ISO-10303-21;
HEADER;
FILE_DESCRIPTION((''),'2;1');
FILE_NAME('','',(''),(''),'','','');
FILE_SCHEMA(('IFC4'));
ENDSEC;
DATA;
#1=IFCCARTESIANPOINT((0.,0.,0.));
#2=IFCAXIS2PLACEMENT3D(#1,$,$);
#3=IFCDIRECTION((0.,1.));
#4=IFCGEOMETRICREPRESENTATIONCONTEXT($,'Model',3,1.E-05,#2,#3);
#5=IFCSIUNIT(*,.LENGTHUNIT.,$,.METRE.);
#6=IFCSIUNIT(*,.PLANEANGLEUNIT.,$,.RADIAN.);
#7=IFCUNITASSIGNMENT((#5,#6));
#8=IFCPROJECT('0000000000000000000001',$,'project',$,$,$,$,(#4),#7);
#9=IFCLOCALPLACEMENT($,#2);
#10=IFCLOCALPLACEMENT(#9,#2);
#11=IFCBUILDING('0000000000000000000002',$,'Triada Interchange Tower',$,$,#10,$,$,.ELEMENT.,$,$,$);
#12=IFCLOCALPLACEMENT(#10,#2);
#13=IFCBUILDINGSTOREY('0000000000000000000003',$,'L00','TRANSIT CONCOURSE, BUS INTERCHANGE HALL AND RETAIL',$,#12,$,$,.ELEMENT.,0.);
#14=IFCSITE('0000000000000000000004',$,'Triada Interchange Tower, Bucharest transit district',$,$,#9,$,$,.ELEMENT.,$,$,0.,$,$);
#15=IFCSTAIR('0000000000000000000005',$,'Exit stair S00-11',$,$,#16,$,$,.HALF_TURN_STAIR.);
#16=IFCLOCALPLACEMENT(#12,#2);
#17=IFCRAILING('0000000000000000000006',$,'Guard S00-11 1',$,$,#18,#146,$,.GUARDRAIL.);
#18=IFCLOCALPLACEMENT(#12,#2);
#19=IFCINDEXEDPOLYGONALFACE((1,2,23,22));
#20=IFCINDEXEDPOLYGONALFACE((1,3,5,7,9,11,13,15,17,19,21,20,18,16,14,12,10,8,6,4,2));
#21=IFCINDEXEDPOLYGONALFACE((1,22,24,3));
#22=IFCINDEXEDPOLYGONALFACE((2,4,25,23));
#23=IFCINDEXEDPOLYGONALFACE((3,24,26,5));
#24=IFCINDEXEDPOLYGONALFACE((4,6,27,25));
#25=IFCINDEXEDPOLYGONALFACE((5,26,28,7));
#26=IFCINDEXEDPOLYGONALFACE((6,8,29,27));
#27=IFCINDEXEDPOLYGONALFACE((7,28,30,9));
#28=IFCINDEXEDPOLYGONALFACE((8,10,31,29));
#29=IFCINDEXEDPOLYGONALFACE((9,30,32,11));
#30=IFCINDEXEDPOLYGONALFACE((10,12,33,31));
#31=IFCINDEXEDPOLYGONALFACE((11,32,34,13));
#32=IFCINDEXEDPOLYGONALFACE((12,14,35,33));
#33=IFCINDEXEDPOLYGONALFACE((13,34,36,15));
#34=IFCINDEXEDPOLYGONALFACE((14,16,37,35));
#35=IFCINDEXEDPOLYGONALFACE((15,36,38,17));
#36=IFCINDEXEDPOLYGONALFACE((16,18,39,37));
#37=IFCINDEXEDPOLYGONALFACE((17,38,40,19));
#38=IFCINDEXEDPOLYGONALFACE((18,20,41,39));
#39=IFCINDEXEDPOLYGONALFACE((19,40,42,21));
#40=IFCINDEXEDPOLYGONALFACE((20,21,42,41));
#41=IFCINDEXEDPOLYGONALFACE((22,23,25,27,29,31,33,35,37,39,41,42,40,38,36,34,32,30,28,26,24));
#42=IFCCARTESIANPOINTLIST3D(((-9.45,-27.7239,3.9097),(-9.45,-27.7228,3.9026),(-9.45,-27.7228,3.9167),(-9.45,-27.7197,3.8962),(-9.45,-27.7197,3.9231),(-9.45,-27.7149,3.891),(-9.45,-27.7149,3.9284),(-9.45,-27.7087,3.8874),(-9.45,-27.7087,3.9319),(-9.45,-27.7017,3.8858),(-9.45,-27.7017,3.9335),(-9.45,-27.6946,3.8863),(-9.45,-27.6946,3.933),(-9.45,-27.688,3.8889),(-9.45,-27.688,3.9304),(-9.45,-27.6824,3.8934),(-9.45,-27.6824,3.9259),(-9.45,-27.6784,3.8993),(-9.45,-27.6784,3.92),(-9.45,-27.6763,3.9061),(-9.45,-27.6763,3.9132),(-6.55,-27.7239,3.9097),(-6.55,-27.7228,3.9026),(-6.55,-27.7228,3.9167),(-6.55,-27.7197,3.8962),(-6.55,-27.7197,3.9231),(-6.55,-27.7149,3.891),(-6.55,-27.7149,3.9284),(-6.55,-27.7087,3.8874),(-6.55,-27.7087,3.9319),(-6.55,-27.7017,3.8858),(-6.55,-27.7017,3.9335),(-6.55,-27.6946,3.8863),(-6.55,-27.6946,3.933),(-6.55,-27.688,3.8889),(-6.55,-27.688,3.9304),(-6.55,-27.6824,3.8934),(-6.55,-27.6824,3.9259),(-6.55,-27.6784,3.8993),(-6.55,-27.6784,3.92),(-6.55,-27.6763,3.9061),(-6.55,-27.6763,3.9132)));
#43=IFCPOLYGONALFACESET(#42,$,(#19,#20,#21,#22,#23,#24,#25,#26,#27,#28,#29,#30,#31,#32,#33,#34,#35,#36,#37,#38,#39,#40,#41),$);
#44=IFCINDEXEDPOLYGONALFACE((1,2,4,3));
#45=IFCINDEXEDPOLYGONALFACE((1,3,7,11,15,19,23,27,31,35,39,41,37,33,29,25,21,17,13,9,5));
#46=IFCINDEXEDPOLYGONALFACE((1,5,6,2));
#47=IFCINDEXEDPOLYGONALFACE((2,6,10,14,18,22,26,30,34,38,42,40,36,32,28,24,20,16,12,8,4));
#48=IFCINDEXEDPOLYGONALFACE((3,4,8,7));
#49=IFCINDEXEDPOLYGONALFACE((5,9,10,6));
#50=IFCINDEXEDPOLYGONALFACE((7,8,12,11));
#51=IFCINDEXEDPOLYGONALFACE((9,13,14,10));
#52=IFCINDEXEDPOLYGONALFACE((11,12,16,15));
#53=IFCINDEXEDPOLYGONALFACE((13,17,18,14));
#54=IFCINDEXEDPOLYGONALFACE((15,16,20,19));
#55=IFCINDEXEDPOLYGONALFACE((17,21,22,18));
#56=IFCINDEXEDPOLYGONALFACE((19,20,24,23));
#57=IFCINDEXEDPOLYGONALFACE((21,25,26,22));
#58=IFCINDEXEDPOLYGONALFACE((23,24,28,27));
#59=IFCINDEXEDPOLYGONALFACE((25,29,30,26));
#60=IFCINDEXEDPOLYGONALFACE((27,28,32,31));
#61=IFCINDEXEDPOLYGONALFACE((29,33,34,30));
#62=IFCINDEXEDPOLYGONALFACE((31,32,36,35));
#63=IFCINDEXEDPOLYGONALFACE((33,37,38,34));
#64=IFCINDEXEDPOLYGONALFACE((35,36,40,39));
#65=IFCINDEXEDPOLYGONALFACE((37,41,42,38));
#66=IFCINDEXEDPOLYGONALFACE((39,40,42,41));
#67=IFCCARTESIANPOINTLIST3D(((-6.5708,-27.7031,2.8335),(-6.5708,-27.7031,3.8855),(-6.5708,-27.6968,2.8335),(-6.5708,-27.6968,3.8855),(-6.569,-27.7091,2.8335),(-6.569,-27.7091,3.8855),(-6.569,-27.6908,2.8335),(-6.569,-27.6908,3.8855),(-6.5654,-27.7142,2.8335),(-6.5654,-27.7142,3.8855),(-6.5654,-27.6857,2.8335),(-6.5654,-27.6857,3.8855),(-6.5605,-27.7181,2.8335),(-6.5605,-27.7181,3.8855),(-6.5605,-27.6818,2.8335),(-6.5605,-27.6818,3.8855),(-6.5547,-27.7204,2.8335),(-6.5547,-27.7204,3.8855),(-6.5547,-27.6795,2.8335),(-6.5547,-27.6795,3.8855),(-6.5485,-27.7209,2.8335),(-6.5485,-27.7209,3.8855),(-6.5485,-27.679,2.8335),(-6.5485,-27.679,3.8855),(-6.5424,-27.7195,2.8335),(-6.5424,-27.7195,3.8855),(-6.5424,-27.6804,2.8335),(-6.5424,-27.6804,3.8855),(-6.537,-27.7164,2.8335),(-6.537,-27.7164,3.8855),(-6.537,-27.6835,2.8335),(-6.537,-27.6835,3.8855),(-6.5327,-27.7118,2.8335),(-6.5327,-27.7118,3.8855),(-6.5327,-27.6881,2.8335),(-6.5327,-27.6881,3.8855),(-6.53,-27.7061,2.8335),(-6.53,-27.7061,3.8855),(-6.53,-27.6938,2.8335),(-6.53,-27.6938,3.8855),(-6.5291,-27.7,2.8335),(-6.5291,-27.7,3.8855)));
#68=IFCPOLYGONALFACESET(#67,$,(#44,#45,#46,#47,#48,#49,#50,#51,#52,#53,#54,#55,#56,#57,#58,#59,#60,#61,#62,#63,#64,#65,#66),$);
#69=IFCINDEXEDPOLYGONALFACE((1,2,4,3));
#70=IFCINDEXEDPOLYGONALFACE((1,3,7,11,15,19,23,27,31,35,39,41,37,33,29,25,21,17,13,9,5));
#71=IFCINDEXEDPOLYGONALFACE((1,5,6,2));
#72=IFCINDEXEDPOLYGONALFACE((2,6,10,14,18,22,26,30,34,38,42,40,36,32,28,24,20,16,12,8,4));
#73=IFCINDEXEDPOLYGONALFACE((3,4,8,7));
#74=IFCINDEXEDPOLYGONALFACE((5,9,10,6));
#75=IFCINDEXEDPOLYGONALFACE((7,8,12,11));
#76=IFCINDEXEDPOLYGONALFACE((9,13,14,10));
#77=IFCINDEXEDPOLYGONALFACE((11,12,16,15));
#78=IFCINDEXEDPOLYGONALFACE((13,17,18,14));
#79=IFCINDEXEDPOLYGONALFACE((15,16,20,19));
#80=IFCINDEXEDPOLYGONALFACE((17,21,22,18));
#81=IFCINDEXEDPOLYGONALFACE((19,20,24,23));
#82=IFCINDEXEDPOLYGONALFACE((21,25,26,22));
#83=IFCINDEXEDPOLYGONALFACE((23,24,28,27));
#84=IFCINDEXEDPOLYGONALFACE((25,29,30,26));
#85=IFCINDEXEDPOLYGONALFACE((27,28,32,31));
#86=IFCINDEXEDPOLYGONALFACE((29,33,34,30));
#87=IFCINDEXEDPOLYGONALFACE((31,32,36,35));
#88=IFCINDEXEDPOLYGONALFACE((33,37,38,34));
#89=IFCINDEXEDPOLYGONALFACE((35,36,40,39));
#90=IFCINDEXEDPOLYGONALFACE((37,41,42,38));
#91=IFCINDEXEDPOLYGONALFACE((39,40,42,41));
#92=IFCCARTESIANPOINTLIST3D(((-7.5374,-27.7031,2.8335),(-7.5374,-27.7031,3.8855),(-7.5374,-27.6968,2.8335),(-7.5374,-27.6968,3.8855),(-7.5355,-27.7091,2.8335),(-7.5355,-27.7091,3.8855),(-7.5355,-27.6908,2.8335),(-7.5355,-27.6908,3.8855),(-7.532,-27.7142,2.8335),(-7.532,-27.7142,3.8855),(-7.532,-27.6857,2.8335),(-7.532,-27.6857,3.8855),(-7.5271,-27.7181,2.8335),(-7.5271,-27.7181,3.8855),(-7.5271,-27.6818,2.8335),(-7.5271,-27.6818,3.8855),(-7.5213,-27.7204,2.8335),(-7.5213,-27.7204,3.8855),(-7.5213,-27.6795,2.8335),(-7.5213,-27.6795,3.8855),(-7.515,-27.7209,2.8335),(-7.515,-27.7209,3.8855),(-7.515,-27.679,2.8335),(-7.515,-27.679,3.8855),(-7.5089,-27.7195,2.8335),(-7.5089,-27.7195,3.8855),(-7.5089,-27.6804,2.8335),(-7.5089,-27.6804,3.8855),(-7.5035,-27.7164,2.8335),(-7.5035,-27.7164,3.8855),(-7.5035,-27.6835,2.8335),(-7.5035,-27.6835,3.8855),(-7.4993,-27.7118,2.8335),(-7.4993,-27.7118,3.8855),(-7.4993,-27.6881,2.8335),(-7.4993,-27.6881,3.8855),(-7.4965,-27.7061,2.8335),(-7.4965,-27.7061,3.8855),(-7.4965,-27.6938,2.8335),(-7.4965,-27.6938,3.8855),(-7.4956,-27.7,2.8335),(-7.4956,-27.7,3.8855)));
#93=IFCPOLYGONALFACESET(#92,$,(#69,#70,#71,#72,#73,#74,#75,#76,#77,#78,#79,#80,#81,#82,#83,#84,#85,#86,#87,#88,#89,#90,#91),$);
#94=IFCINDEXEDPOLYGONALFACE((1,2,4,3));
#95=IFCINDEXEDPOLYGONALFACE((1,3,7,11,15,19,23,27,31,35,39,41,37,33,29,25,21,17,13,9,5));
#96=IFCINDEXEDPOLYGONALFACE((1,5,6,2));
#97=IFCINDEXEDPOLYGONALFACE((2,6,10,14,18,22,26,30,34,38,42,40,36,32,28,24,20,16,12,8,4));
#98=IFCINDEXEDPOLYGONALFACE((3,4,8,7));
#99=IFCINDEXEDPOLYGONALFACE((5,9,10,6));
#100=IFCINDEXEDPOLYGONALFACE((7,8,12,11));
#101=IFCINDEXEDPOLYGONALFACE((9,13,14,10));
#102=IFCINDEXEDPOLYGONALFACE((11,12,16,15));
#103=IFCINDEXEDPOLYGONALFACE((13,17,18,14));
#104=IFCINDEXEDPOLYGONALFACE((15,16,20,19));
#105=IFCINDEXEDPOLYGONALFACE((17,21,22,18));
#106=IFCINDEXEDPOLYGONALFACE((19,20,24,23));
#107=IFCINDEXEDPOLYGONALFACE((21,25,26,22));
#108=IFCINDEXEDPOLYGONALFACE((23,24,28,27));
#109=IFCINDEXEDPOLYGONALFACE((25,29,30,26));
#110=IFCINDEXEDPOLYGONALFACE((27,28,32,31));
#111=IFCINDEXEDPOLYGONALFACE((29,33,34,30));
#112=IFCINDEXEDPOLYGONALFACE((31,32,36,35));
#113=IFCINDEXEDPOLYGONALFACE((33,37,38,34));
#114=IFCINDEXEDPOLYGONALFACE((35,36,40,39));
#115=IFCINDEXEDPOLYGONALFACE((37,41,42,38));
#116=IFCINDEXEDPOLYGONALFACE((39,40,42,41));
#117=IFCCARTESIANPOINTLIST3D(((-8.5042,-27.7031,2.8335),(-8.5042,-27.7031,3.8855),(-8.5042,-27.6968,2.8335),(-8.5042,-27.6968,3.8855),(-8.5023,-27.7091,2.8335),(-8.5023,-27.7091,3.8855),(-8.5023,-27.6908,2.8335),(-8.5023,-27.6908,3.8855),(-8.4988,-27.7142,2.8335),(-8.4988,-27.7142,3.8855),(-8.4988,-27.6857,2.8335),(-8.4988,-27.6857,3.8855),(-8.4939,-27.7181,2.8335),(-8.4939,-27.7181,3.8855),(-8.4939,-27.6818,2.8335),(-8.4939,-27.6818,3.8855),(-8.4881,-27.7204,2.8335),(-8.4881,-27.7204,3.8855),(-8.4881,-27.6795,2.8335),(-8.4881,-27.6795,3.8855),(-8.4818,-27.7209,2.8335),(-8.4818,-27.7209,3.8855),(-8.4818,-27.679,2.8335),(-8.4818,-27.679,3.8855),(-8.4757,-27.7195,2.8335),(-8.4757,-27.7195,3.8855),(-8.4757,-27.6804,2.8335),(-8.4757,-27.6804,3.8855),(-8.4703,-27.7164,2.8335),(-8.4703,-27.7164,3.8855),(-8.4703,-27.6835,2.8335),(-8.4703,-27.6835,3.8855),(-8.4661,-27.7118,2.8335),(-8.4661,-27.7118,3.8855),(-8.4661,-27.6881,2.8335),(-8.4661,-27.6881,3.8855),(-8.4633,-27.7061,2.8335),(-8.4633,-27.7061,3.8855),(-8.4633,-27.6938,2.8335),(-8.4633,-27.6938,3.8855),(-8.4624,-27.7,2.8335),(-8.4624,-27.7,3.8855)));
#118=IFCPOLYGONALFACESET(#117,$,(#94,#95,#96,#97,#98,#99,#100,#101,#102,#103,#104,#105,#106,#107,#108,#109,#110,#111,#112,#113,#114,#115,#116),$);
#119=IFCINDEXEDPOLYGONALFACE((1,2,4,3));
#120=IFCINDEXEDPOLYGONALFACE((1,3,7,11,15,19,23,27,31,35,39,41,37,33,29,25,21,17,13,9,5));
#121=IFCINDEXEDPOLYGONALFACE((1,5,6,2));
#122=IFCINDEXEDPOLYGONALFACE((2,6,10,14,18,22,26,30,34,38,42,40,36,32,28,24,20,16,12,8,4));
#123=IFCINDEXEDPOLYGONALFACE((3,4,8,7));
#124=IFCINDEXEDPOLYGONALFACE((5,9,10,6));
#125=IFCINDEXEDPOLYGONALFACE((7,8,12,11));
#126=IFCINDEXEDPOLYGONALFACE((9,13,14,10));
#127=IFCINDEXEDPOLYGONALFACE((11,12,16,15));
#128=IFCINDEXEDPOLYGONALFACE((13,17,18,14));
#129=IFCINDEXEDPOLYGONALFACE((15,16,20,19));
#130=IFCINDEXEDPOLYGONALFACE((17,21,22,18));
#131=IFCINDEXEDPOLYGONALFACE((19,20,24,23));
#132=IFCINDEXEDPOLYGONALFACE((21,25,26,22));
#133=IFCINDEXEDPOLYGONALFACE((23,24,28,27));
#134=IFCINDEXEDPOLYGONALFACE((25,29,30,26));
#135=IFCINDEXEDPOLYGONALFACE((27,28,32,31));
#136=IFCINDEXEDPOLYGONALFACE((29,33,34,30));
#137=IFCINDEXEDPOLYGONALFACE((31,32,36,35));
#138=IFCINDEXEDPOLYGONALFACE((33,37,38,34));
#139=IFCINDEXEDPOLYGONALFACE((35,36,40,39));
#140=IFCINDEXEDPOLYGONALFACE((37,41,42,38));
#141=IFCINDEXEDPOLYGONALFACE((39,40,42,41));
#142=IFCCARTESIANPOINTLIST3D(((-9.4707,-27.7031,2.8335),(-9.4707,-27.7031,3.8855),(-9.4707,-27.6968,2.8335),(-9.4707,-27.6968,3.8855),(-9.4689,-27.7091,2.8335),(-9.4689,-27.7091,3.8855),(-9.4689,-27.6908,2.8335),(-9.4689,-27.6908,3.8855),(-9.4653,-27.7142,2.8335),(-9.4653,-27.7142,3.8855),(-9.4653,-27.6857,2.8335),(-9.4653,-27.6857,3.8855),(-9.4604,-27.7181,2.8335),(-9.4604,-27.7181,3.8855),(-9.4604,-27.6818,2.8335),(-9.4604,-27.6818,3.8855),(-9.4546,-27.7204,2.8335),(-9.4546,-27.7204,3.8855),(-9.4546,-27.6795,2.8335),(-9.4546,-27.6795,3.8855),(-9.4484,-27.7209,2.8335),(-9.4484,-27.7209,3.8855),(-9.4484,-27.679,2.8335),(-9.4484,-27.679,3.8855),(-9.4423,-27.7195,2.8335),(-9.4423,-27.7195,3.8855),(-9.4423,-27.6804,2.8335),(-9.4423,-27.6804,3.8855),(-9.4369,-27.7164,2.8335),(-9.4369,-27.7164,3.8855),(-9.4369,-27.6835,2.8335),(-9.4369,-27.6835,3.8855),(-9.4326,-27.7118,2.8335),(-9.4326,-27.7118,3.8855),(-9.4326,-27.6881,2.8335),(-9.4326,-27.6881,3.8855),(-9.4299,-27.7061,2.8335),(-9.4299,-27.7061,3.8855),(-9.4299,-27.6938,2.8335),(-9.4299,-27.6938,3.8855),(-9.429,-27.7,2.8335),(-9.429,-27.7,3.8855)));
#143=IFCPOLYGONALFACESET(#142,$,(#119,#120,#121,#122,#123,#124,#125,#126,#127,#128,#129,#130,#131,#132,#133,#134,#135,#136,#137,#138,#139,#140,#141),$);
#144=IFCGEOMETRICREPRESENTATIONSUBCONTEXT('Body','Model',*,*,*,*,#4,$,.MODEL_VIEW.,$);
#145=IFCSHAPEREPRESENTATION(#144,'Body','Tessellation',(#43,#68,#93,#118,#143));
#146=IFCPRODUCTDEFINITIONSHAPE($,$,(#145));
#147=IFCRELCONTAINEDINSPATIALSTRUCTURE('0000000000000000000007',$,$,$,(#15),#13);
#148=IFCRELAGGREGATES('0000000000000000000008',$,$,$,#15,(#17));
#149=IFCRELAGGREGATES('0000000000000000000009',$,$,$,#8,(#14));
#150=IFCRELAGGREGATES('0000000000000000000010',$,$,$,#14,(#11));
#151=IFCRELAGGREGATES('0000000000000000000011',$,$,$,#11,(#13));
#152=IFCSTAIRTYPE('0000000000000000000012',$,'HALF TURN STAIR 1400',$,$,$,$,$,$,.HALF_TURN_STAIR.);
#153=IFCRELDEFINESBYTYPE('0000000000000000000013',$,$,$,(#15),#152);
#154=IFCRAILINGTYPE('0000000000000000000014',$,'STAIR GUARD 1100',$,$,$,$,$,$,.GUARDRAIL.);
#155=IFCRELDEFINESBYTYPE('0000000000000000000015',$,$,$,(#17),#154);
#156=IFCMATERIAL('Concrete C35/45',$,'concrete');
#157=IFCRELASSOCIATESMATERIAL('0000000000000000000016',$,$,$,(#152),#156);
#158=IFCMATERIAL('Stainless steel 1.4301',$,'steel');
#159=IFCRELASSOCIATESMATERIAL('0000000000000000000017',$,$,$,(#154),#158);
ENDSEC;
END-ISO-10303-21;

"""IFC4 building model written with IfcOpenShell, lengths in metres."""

from ifc_helpers import new_model, si_unit, direction, frame, origin, origin_2d, place, context, subcontext, project, spatial, circle, extrude, material, type_object, element, aggregate, save


model = new_model("IFC4")

# Units and contexts
model_context = context("Model", 3, precision=1e-05, world=origin(), true_north=direction((0.0, 1.0)))
body_context = subcontext(model_context, "Body", "Model", "MODEL_VIEW")
ifc_project = project(units=[si_unit("LENGTHUNIT", "METRE"), si_unit("PLANEANGLEUNIT", "RADIAN")], contexts=[model_context])

# Site, building, storey
site_placement = place(None, origin())
site = spatial("IfcSite", under=ifc_project, at=site_placement, Name="Triada Interchange Tower, Bucharest transit district", CompositionType="ELEMENT", RefElevation=0.0)
building_placement = place(site_placement, origin())
building = spatial("IfcBuilding", under=site, at=building_placement, Name="Triada Interchange Tower", CompositionType="ELEMENT")
storey_placement = place(building_placement, origin())
storey = spatial("IfcBuildingStorey", under=building, at=storey_placement, Name="L00", Description="TRANSIT CONCOURSE, BUS INTERCHANGE HALL AND RETAIL", CompositionType="ELEMENT", Elevation=0.0)

# Shared definitions
ifc_material_1 = material(Name="Concrete C35/45", Category="concrete")

# Stair, railing
stair_type = type_object("IfcStairType", Name="HALF TURN STAIR 1400", PredefinedType="HALF_TURN_STAIR", material=ifc_material_1)
stair_placement = place(storey_placement, origin())
stair = element("IfcStair", 1, at=stair_placement, inside=storey, type_object=stair_type, Name="Exit stair S00-11", PredefinedType="HALF_TURN_STAIR")
ifc_material_2 = material(Name="Stainless steel 1.4301", Category="steel")
railing_type_1 = type_object("IfcRailingType", Name="STAIR GUARD 1100", PredefinedType="GUARDRAIL", material=ifc_material_2)
railing_1_placement = place(storey_placement, frame((-6.55, -27.7, 2.8335)))
railing_1 = element("IfcRailing", 2, at=railing_1_placement, type_object=railing_type_1, Name="Guard S00-11 1", PredefinedType="GUARDRAIL", context=body_context, shape_type="SweptSolid", body=[
    extrude(circle(Radius=0.0239, at=origin_2d()), frame((0.0, 0.0, 1.0762), z_axis=(-1.0, 0.0, 0.0), x_axis=(0.0, -1.0, 0.0)), (0.0, 0.0, 1.0), 2.8999),
    extrude(circle(Radius=0.021, at=origin_2d()), origin(), (0.0, 0.0, 1.0), 1.052),
    extrude(circle(Radius=0.021, at=origin_2d()), frame((-0.9666, 0.0, 0.0)), (0.0, 0.0, 1.0), 1.052),
    extrude(circle(Radius=0.021, at=origin_2d()), frame((-1.9333, 0.0, 0.0)), (0.0, 0.0, 1.0), 1.052),
    extrude(circle(Radius=0.021, at=origin_2d()), frame((-2.8999, 0.0, 0.0)), (0.0, 0.0, 1.0), 1.052),
])
aggregate(stair, [railing_1])

save(model, "model.ifc")
